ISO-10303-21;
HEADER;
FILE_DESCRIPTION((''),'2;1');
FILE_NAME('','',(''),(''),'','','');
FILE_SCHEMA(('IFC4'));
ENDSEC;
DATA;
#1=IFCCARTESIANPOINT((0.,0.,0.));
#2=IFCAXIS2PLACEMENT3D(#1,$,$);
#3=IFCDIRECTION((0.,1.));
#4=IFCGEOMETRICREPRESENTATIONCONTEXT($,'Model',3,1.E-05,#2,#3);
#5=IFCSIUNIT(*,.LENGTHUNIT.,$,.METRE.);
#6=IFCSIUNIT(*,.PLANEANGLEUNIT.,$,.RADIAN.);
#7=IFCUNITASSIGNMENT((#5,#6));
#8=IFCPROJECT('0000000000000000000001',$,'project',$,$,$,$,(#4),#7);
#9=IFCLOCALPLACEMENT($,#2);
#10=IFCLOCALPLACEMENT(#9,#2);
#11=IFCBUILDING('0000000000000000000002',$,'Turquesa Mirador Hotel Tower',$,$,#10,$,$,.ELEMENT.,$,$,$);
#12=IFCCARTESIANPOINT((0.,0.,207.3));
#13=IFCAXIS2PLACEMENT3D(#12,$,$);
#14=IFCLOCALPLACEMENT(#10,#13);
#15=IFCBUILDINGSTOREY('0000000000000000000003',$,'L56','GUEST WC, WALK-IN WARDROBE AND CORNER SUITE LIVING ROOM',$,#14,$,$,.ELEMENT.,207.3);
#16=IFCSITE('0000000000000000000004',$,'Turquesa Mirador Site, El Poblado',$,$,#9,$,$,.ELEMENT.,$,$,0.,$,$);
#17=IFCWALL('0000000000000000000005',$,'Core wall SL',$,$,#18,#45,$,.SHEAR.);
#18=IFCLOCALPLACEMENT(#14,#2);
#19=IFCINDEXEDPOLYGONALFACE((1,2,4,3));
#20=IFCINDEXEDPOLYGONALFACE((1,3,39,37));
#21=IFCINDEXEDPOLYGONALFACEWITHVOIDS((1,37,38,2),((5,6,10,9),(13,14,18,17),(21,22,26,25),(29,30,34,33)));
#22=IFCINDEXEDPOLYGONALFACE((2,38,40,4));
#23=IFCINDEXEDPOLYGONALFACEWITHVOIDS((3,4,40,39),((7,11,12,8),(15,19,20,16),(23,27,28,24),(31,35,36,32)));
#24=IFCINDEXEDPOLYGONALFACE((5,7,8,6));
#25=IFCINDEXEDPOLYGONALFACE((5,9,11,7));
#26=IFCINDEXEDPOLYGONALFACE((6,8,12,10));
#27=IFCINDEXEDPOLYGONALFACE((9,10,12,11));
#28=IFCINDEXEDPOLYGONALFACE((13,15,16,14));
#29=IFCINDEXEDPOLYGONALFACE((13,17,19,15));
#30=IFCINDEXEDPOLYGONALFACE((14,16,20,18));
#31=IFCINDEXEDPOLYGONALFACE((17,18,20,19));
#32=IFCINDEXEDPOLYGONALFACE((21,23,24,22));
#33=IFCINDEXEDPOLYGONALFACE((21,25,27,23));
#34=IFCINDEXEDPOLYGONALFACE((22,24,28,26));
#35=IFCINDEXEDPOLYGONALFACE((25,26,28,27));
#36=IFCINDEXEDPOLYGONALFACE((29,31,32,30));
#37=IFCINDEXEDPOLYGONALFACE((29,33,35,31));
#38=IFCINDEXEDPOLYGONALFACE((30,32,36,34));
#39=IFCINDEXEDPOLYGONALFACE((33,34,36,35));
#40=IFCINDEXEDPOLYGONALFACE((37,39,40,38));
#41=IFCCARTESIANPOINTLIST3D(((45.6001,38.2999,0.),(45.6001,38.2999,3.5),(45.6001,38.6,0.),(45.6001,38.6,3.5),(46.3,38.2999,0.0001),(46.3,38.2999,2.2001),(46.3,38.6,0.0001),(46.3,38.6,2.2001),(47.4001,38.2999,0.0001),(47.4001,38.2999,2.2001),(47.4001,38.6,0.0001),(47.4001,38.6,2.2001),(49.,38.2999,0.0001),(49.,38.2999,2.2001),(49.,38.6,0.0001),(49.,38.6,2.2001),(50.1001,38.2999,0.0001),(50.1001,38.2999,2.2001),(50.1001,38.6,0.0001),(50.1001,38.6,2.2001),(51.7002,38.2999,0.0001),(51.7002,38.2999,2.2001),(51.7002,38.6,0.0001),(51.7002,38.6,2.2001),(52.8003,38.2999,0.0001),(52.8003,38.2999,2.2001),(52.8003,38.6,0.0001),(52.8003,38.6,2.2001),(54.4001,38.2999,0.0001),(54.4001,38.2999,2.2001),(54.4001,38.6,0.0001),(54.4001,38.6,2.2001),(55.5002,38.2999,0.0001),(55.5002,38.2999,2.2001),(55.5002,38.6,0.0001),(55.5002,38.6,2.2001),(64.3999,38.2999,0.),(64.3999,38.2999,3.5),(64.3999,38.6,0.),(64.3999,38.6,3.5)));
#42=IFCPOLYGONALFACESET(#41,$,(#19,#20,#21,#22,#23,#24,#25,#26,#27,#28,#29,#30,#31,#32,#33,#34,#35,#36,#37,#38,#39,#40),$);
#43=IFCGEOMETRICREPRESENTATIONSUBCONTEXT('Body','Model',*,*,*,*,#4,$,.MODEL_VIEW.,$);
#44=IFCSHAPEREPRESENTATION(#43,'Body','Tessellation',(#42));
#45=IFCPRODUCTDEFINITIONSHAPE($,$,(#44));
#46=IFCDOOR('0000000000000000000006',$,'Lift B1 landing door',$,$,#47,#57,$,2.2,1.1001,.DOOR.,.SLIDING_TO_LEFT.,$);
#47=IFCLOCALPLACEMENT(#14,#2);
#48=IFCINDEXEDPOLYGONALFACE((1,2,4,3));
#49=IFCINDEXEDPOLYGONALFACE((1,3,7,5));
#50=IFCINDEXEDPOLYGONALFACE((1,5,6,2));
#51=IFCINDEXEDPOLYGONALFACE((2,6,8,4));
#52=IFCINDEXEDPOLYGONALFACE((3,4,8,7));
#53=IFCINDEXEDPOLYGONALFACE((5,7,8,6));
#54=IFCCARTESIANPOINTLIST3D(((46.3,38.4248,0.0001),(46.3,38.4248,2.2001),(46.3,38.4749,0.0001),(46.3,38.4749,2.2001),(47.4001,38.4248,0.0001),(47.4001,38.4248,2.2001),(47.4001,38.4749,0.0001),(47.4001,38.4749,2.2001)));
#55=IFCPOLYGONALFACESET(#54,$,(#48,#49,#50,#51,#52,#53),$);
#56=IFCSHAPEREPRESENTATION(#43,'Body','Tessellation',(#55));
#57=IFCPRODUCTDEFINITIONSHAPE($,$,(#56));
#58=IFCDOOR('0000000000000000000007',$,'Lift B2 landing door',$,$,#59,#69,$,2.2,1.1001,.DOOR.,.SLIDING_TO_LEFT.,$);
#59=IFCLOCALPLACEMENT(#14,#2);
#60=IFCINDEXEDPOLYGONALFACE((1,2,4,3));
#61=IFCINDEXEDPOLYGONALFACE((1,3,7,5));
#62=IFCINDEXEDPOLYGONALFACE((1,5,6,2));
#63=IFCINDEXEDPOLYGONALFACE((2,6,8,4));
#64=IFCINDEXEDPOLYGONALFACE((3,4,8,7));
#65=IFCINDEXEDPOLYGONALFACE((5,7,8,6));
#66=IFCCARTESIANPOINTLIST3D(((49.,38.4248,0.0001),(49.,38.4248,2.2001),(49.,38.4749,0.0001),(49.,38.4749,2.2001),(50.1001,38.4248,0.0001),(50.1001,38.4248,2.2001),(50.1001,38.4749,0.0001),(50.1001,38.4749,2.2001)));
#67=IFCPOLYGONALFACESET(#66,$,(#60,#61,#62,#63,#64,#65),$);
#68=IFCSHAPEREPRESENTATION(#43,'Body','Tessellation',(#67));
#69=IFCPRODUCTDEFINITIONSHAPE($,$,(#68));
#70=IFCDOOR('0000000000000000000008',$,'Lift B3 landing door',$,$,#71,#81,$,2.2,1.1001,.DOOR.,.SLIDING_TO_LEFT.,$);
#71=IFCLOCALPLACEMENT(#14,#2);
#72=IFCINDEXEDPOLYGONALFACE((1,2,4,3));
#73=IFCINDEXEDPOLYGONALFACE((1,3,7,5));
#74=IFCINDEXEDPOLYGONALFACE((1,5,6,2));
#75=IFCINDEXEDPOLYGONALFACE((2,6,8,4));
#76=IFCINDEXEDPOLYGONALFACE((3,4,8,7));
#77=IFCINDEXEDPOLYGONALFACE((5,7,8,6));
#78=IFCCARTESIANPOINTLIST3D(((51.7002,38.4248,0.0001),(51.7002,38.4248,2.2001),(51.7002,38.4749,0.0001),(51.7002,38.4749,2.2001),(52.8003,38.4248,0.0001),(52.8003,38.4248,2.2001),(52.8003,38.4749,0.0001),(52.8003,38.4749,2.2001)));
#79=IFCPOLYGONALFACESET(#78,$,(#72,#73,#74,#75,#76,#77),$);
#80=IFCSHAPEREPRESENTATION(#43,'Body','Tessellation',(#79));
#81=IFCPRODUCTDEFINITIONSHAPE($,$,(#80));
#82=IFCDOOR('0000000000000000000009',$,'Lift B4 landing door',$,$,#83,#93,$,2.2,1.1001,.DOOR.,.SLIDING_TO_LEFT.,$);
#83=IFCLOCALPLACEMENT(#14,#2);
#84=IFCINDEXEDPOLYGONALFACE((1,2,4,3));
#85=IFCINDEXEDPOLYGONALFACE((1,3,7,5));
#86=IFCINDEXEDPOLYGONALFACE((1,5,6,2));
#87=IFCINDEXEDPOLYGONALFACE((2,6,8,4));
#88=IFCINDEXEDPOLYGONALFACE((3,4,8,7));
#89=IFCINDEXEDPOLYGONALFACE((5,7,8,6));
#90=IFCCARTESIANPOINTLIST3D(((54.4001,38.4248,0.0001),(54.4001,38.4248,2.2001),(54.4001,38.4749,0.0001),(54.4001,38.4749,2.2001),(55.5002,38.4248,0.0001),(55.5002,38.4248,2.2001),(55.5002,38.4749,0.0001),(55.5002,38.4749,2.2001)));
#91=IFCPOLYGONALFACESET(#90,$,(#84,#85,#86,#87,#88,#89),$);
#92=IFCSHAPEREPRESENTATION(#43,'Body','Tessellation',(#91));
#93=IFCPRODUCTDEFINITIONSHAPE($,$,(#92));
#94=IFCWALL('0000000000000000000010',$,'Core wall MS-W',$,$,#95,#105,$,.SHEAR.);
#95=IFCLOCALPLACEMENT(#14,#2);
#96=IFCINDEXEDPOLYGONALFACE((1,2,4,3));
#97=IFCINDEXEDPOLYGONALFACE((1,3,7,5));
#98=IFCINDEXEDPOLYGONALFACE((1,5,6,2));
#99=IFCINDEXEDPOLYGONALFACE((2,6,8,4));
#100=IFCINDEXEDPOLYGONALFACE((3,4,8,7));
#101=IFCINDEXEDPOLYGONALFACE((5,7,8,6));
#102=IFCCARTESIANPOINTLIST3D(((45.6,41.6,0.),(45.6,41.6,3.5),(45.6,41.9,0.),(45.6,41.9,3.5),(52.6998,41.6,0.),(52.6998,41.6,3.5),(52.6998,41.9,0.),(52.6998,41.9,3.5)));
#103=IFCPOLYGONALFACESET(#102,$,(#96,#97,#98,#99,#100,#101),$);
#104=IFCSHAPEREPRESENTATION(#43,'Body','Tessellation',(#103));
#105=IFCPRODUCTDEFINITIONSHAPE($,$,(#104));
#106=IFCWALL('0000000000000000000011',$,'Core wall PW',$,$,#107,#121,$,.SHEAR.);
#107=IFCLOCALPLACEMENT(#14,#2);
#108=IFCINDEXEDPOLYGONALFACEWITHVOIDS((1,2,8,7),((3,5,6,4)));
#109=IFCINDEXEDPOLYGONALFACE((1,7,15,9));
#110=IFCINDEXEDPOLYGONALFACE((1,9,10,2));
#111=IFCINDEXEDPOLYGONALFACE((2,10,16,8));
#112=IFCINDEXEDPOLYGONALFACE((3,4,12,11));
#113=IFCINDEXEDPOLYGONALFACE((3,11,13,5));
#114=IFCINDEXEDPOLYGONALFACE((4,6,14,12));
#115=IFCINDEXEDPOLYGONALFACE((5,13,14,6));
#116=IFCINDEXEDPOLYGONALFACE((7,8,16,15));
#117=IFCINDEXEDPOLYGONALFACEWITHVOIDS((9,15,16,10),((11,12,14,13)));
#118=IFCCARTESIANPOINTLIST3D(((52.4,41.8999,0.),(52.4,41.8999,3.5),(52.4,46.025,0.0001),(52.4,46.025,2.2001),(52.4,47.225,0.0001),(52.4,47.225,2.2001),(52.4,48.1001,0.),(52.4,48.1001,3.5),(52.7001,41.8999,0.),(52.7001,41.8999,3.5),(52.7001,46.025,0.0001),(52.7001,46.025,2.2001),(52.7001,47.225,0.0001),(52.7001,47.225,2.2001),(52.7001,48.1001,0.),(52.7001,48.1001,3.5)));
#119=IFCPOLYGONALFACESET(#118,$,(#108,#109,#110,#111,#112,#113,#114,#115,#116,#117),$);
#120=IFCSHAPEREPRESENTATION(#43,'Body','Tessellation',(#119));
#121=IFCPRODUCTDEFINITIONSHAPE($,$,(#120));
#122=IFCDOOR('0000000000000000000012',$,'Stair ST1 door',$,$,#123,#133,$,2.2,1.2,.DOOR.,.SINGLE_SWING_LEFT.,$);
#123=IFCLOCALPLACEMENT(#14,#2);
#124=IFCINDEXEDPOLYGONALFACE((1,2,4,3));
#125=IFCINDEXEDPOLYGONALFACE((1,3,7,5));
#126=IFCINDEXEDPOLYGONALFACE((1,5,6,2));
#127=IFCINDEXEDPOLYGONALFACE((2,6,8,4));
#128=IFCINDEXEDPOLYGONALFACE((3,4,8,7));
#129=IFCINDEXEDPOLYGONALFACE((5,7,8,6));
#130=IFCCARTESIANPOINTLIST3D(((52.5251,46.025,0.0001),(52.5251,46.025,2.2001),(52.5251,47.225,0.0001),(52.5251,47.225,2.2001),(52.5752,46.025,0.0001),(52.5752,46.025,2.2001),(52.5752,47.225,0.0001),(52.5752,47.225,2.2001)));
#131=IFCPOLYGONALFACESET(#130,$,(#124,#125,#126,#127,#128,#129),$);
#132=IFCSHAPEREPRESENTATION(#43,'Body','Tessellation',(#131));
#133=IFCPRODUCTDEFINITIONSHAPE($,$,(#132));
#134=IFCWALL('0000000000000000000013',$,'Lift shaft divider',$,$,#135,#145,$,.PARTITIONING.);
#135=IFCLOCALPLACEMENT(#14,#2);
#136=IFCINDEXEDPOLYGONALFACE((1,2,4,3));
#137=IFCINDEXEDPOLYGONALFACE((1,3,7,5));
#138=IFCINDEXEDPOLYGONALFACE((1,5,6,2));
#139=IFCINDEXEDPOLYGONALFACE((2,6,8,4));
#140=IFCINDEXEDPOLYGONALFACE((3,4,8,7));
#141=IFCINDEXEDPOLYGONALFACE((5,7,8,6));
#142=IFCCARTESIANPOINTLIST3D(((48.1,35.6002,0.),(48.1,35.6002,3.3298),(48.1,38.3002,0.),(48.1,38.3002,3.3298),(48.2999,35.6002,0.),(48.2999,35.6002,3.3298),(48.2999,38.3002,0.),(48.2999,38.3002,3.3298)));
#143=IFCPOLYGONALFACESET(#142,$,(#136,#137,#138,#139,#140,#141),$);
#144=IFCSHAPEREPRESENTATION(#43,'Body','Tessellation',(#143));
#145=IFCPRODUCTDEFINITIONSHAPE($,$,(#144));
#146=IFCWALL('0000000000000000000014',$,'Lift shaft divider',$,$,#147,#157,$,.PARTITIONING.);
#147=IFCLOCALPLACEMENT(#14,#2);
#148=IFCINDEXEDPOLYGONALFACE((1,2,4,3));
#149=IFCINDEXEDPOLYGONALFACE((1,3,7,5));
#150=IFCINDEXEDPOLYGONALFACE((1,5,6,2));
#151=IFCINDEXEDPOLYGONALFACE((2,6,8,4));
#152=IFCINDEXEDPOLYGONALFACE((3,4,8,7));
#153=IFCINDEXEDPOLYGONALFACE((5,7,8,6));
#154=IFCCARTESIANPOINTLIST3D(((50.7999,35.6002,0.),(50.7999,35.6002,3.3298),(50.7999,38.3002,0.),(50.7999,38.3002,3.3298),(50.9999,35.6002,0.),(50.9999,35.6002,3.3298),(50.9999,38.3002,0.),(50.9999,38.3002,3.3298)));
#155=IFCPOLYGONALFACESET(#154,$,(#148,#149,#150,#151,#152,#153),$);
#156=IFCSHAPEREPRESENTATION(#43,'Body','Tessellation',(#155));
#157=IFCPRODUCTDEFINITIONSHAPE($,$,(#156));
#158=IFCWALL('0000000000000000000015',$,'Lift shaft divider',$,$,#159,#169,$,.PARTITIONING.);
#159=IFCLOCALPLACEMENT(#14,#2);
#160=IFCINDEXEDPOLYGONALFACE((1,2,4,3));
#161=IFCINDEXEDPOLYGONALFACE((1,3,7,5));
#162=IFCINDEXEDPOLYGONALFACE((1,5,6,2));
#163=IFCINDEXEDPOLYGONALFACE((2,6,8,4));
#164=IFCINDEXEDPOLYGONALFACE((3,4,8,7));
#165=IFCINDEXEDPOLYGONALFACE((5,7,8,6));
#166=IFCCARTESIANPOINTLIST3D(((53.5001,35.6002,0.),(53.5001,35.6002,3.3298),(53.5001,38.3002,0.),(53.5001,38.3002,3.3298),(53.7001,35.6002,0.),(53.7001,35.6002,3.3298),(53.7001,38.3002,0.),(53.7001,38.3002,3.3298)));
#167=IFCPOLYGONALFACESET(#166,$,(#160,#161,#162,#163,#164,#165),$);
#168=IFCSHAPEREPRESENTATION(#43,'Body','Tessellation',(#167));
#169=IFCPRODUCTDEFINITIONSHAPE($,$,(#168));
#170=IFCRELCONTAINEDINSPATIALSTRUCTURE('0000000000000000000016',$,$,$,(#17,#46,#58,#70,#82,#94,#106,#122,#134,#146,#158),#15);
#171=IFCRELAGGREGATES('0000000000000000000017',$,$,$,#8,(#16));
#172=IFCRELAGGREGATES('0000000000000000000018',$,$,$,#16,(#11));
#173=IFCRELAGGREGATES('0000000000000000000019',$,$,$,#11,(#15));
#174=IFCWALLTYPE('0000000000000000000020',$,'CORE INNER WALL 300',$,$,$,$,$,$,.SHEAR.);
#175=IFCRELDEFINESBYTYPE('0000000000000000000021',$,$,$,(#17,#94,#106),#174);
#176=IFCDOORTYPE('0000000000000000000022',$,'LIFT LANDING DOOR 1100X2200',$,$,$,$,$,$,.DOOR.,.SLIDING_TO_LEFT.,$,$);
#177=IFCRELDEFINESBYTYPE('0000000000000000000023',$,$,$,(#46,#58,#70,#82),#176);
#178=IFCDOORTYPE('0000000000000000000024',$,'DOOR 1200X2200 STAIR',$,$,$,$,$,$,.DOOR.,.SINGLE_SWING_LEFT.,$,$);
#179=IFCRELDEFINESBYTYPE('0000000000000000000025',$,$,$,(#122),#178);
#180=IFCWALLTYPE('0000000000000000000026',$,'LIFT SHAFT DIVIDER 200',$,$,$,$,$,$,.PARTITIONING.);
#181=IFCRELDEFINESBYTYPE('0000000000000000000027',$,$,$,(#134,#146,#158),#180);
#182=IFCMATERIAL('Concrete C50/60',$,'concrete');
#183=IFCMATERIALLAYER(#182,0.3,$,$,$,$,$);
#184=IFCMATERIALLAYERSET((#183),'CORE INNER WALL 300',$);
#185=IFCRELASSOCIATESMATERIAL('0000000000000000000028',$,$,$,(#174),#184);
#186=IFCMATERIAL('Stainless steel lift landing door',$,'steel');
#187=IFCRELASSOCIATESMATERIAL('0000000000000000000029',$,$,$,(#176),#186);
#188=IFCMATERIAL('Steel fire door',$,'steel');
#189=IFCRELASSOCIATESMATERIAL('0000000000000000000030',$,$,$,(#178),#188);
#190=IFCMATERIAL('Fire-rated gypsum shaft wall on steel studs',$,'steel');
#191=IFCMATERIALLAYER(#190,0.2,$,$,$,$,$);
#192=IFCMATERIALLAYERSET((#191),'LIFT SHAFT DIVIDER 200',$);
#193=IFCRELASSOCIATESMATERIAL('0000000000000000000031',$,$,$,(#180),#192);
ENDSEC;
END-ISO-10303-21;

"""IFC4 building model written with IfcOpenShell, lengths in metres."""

from ifc_helpers import new_model, si_unit, direction, frame, frame_2d, origin, place, context, subcontext, project, spatial, rectangle, extrude, material, layer, layer_set, type_object, element, fill, save


model = new_model("IFC4")

# Units and contexts
model_context = context("Model", 3, precision=1e-05, world=origin(), true_north=direction((0.0, 1.0)))
body_context = subcontext(model_context, "Body", "Model", "MODEL_VIEW")
ifc_project = project(units=[si_unit("LENGTHUNIT", "METRE"), si_unit("PLANEANGLEUNIT", "RADIAN")], contexts=[model_context])

# Site, building, storey
site_placement = place(None, origin())
site = spatial("IfcSite", under=ifc_project, at=site_placement, Name="Turquesa Mirador Site, El Poblado", CompositionType="ELEMENT", RefElevation=0.0)
building_placement = place(site_placement, origin())
building = spatial("IfcBuilding", under=site, at=building_placement, Name="Turquesa Mirador Hotel Tower", CompositionType="ELEMENT")
storey_placement = place(building_placement, frame((0.0, 0.0, 207.3)))
storey = spatial("IfcBuildingStorey", under=building, at=storey_placement, Name="L56", Description="GUEST WC, WALK-IN WARDROBE AND CORNER SUITE LIVING ROOM", CompositionType="ELEMENT", Elevation=207.3)

# Wall, openings, doors
ifc_material_1 = material(Name="Concrete C50/60", Category="concrete")
ifc_layer_1 = layer(ifc_material_1, 0.3)
ifc_layer_set_1 = layer_set([ifc_layer_1], Name="CORE INNER WALL 300")
wall_type_1 = type_object("IfcWallType", Name="CORE INNER WALL 300", PredefinedType="SHEAR", material=ifc_layer_set_1)
wall_1_placement = place(storey_placement, frame((45.6001, 38.45, 0.0), z_axis=(0.0, 0.0, 1.0), x_axis=(1.0, 0.0, 0.0)))
wall_1 = element("IfcWall", 1, at=wall_1_placement, inside=storey, type_object=wall_type_1, Name="Core wall SL", PredefinedType="SHEAR", context=body_context, shape_type="SweptSolid", body=[
    extrude(rectangle(XDim=18.7998, YDim=0.3, at=frame_2d((9.3999, 0.0))), origin(), (0.0, 0.0, 1.0), 3.5),
])
opening_1_placement = place(wall_1_placement, frame((0.7, 0.0, 0.0)))
opening_1 = element("IfcOpeningElement", 2, at=opening_1_placement, cuts=wall_1, PredefinedType="OPENING", context=body_context, shape_type="SweptSolid", body=[
    extrude(rectangle(XDim=1.1001, YDim=2.2, at=frame_2d((0.55, 1.1001))), frame((0.0, 0.1599, 0.0), z_axis=(0.0, -1.0, 0.0), x_axis=(1.0, 0.0, 0.0)), (0.0, 0.0, 1.0), 0.3201),
])
opening_2_placement = place(wall_1_placement, frame((3.3999, 0.0, 0.0)))
opening_2 = element("IfcOpeningElement", 3, at=opening_2_placement, cuts=wall_1, PredefinedType="OPENING", context=body_context, shape_type="SweptSolid", body=[
    extrude(rectangle(XDim=1.1001, YDim=2.2, at=frame_2d((0.55, 1.1001))), frame((0.0, 0.1599, 0.0), z_axis=(0.0, -1.0, 0.0), x_axis=(1.0, 0.0, 0.0)), (0.0, 0.0, 1.0), 0.3201),
])
opening_3_placement = place(wall_1_placement, frame((6.1001, 0.0, 0.0)))
opening_3 = element("IfcOpeningElement", 4, at=opening_3_placement, cuts=wall_1, PredefinedType="OPENING", context=body_context, shape_type="SweptSolid", body=[
    extrude(rectangle(XDim=1.1001, YDim=2.2, at=frame_2d((0.55, 1.1001))), frame((0.0, 0.1599, 0.0), z_axis=(0.0, -1.0, 0.0), x_axis=(1.0, 0.0, 0.0)), (0.0, 0.0, 1.0), 0.3201),
])
opening_4_placement = place(wall_1_placement, frame((8.8, 0.0, 0.0)))
opening_4 = element("IfcOpeningElement", 5, at=opening_4_placement, cuts=wall_1, PredefinedType="OPENING", context=body_context, shape_type="SweptSolid", body=[
    extrude(rectangle(XDim=1.1001, YDim=2.2, at=frame_2d((0.55, 1.1001))), frame((0.0, 0.1599, 0.0), z_axis=(0.0, -1.0, 0.0), x_axis=(1.0, 0.0, 0.0)), (0.0, 0.0, 1.0), 0.3201),
])
ifc_material_2 = material(Name="Stainless steel lift landing door", Category="steel")
door_type_1 = type_object("IfcDoorType", Name="LIFT LANDING DOOR 1100X2200", OperationType="SLIDING_TO_LEFT", PredefinedType="DOOR", material=ifc_material_2)
door_1_placement = place(opening_1_placement, origin())
door_1 = element("IfcDoor", 6, at=door_1_placement, inside=storey, type_object=door_type_1, Name="Lift B1 landing door", OperationType="SLIDING_TO_LEFT", OverallHeight=2.2, OverallWidth=1.1001, PredefinedType="DOOR", context=body_context, shape_type="SweptSolid", body=[
    extrude(rectangle(XDim=1.1001, YDim=2.2, at=frame_2d((0.55, 1.1001))), frame((0.0, 0.0249, 0.0), z_axis=(0.0, -1.0, 0.0), x_axis=(1.0, 0.0, 0.0)), (0.0, 0.0, 1.0), 0.05),
])
fill(opening_1, door_1)
door_2_placement = place(opening_2_placement, origin())
door_2 = element("IfcDoor", 7, at=door_2_placement, inside=storey, type_object=door_type_1, Name="Lift B2 landing door", OperationType="SLIDING_TO_LEFT", OverallHeight=2.2, OverallWidth=1.1001, PredefinedType="DOOR", context=body_context, shape_type="SweptSolid", body=[
    extrude(rectangle(XDim=1.1001, YDim=2.2, at=frame_2d((0.55, 1.1001))), frame((0.0, 0.0249, 0.0), z_axis=(0.0, -1.0, 0.0), x_axis=(1.0, 0.0, 0.0)), (0.0, 0.0, 1.0), 0.05),
])
fill(opening_2, door_2)
door_3_placement = place(opening_3_placement, origin())
door_3 = element("IfcDoor", 8, at=door_3_placement, inside=storey, type_object=door_type_1, Name="Lift B3 landing door", OperationType="SLIDING_TO_LEFT", OverallHeight=2.2, OverallWidth=1.1001, PredefinedType="DOOR", context=body_context, shape_type="SweptSolid", body=[
    extrude(rectangle(XDim=1.1001, YDim=2.2, at=frame_2d((0.55, 1.1001))), frame((0.0, 0.0249, 0.0), z_axis=(0.0, -1.0, 0.0), x_axis=(1.0, 0.0, 0.0)), (0.0, 0.0, 1.0), 0.05),
])
fill(opening_3, door_3)
door_4_placement = place(opening_4_placement, origin())
door_4 = element("IfcDoor", 9, at=door_4_placement, inside=storey, type_object=door_type_1, Name="Lift B4 landing door", OperationType="SLIDING_TO_LEFT", OverallHeight=2.2, OverallWidth=1.1001, PredefinedType="DOOR", context=body_context, shape_type="SweptSolid", body=[
    extrude(rectangle(XDim=1.1001, YDim=2.2, at=frame_2d((0.55, 1.1001))), frame((0.0, 0.0249, 0.0), z_axis=(0.0, -1.0, 0.0), x_axis=(1.0, 0.0, 0.0)), (0.0, 0.0, 1.0), 0.05),
])
fill(opening_4, door_4)

# Wall
wall_2_placement = place(storey_placement, frame((45.6001, 41.75, 0.0), z_axis=(0.0, 0.0, 1.0), x_axis=(1.0, 0.0, 0.0)))
element("IfcWall", 10, at=wall_2_placement, inside=storey, type_object=wall_type_1, Name="Core wall MS-W", PredefinedType="SHEAR", context=body_context, shape_type="SweptSolid", body=[
    extrude(rectangle(XDim=7.0999, YDim=0.3, at=frame_2d((3.5498, 0.0))), origin(), (0.0, 0.0, 1.0), 3.5),
])

# Wall, opening, door
wall_3_placement = place(storey_placement, frame((52.55, 41.8999, 0.0), z_axis=(0.0, 0.0, 1.0), x_axis=(0.0, 1.0, 0.0)))
wall_3 = element("IfcWall", 11, at=wall_3_placement, inside=storey, type_object=wall_type_1, Name="Core wall PW", PredefinedType="SHEAR", context=body_context, shape_type="SweptSolid", body=[
    extrude(rectangle(XDim=6.2002, YDim=0.3, at=frame_2d((3.1001, 0.0))), origin(), (0.0, 0.0, 1.0), 3.5),
])
opening_5_placement = place(wall_3_placement, frame((4.125, 0.0, 0.0)))
opening_5 = element("IfcOpeningElement", 12, at=opening_5_placement, cuts=wall_3, PredefinedType="OPENING", context=body_context, shape_type="SweptSolid", body=[
    extrude(rectangle(XDim=1.2, YDim=2.2, at=frame_2d((0.6001, 1.1001))), frame((0.0, 0.1599, 0.0), z_axis=(0.0, -1.0, 0.0), x_axis=(1.0, 0.0, 0.0)), (0.0, 0.0, 1.0), 0.3201),
])
ifc_material_3 = material(Name="Steel fire door", Category="steel")
door_type_2 = type_object("IfcDoorType", Name="DOOR 1200X2200 STAIR", OperationType="SINGLE_SWING_LEFT", PredefinedType="DOOR", material=ifc_material_3)
door_5_placement = place(opening_5_placement, origin())
door_5 = element("IfcDoor", 13, at=door_5_placement, inside=storey, type_object=door_type_2, Name="Stair ST1 door", OperationType="SINGLE_SWING_LEFT", OverallHeight=2.2, OverallWidth=1.2, PredefinedType="DOOR", context=body_context, shape_type="SweptSolid", body=[
    extrude(rectangle(XDim=1.2, YDim=2.2, at=frame_2d((0.6001, 1.1001))), frame((0.0, 0.0249, 0.0), z_axis=(0.0, -1.0, 0.0), x_axis=(1.0, 0.0, 0.0)), (0.0, 0.0, 1.0), 0.05),
])
fill(opening_5, door_5)

# Walls
ifc_material_4 = material(Name="Fire-rated gypsum shaft wall on steel studs", Category="steel")
ifc_layer_2 = layer(ifc_material_4, 0.2)
ifc_layer_set_2 = layer_set([ifc_layer_2], Name="LIFT SHAFT DIVIDER 200")
wall_type_2 = type_object("IfcWallType", Name="LIFT SHAFT DIVIDER 200", PredefinedType="PARTITIONING", material=ifc_layer_set_2)
for number, where, z_axis, x_axis, name in (
    (14, (48.2, 35.6001, 0.0), (0.0, 0.0, 1.0), (0.0, 1.0, 0.0), "Lift shaft divider"),
    (15, (50.8999, 35.6001, 0.0), (0.0, 0.0, 1.0), (0.0, 1.0, 0.0), "Lift shaft divider"),
    (16, (53.6001, 35.6001, 0.0), (0.0, 0.0, 1.0), (0.0, 1.0, 0.0), "Lift shaft divider"),
):
    element("IfcWall", number, at=place(storey_placement, frame(where, z_axis=z_axis, x_axis=x_axis)), inside=storey, type_object=wall_type_2, Name=name, PredefinedType="PARTITIONING", context=body_context, shape_type="SweptSolid", body=[
        extrude(rectangle(XDim=2.7, YDim=0.2, at=frame_2d((1.3501, 0.0))), origin(), (0.0, 0.0, 1.0), 3.3298),
    ])

save(model, "model.ifc")
